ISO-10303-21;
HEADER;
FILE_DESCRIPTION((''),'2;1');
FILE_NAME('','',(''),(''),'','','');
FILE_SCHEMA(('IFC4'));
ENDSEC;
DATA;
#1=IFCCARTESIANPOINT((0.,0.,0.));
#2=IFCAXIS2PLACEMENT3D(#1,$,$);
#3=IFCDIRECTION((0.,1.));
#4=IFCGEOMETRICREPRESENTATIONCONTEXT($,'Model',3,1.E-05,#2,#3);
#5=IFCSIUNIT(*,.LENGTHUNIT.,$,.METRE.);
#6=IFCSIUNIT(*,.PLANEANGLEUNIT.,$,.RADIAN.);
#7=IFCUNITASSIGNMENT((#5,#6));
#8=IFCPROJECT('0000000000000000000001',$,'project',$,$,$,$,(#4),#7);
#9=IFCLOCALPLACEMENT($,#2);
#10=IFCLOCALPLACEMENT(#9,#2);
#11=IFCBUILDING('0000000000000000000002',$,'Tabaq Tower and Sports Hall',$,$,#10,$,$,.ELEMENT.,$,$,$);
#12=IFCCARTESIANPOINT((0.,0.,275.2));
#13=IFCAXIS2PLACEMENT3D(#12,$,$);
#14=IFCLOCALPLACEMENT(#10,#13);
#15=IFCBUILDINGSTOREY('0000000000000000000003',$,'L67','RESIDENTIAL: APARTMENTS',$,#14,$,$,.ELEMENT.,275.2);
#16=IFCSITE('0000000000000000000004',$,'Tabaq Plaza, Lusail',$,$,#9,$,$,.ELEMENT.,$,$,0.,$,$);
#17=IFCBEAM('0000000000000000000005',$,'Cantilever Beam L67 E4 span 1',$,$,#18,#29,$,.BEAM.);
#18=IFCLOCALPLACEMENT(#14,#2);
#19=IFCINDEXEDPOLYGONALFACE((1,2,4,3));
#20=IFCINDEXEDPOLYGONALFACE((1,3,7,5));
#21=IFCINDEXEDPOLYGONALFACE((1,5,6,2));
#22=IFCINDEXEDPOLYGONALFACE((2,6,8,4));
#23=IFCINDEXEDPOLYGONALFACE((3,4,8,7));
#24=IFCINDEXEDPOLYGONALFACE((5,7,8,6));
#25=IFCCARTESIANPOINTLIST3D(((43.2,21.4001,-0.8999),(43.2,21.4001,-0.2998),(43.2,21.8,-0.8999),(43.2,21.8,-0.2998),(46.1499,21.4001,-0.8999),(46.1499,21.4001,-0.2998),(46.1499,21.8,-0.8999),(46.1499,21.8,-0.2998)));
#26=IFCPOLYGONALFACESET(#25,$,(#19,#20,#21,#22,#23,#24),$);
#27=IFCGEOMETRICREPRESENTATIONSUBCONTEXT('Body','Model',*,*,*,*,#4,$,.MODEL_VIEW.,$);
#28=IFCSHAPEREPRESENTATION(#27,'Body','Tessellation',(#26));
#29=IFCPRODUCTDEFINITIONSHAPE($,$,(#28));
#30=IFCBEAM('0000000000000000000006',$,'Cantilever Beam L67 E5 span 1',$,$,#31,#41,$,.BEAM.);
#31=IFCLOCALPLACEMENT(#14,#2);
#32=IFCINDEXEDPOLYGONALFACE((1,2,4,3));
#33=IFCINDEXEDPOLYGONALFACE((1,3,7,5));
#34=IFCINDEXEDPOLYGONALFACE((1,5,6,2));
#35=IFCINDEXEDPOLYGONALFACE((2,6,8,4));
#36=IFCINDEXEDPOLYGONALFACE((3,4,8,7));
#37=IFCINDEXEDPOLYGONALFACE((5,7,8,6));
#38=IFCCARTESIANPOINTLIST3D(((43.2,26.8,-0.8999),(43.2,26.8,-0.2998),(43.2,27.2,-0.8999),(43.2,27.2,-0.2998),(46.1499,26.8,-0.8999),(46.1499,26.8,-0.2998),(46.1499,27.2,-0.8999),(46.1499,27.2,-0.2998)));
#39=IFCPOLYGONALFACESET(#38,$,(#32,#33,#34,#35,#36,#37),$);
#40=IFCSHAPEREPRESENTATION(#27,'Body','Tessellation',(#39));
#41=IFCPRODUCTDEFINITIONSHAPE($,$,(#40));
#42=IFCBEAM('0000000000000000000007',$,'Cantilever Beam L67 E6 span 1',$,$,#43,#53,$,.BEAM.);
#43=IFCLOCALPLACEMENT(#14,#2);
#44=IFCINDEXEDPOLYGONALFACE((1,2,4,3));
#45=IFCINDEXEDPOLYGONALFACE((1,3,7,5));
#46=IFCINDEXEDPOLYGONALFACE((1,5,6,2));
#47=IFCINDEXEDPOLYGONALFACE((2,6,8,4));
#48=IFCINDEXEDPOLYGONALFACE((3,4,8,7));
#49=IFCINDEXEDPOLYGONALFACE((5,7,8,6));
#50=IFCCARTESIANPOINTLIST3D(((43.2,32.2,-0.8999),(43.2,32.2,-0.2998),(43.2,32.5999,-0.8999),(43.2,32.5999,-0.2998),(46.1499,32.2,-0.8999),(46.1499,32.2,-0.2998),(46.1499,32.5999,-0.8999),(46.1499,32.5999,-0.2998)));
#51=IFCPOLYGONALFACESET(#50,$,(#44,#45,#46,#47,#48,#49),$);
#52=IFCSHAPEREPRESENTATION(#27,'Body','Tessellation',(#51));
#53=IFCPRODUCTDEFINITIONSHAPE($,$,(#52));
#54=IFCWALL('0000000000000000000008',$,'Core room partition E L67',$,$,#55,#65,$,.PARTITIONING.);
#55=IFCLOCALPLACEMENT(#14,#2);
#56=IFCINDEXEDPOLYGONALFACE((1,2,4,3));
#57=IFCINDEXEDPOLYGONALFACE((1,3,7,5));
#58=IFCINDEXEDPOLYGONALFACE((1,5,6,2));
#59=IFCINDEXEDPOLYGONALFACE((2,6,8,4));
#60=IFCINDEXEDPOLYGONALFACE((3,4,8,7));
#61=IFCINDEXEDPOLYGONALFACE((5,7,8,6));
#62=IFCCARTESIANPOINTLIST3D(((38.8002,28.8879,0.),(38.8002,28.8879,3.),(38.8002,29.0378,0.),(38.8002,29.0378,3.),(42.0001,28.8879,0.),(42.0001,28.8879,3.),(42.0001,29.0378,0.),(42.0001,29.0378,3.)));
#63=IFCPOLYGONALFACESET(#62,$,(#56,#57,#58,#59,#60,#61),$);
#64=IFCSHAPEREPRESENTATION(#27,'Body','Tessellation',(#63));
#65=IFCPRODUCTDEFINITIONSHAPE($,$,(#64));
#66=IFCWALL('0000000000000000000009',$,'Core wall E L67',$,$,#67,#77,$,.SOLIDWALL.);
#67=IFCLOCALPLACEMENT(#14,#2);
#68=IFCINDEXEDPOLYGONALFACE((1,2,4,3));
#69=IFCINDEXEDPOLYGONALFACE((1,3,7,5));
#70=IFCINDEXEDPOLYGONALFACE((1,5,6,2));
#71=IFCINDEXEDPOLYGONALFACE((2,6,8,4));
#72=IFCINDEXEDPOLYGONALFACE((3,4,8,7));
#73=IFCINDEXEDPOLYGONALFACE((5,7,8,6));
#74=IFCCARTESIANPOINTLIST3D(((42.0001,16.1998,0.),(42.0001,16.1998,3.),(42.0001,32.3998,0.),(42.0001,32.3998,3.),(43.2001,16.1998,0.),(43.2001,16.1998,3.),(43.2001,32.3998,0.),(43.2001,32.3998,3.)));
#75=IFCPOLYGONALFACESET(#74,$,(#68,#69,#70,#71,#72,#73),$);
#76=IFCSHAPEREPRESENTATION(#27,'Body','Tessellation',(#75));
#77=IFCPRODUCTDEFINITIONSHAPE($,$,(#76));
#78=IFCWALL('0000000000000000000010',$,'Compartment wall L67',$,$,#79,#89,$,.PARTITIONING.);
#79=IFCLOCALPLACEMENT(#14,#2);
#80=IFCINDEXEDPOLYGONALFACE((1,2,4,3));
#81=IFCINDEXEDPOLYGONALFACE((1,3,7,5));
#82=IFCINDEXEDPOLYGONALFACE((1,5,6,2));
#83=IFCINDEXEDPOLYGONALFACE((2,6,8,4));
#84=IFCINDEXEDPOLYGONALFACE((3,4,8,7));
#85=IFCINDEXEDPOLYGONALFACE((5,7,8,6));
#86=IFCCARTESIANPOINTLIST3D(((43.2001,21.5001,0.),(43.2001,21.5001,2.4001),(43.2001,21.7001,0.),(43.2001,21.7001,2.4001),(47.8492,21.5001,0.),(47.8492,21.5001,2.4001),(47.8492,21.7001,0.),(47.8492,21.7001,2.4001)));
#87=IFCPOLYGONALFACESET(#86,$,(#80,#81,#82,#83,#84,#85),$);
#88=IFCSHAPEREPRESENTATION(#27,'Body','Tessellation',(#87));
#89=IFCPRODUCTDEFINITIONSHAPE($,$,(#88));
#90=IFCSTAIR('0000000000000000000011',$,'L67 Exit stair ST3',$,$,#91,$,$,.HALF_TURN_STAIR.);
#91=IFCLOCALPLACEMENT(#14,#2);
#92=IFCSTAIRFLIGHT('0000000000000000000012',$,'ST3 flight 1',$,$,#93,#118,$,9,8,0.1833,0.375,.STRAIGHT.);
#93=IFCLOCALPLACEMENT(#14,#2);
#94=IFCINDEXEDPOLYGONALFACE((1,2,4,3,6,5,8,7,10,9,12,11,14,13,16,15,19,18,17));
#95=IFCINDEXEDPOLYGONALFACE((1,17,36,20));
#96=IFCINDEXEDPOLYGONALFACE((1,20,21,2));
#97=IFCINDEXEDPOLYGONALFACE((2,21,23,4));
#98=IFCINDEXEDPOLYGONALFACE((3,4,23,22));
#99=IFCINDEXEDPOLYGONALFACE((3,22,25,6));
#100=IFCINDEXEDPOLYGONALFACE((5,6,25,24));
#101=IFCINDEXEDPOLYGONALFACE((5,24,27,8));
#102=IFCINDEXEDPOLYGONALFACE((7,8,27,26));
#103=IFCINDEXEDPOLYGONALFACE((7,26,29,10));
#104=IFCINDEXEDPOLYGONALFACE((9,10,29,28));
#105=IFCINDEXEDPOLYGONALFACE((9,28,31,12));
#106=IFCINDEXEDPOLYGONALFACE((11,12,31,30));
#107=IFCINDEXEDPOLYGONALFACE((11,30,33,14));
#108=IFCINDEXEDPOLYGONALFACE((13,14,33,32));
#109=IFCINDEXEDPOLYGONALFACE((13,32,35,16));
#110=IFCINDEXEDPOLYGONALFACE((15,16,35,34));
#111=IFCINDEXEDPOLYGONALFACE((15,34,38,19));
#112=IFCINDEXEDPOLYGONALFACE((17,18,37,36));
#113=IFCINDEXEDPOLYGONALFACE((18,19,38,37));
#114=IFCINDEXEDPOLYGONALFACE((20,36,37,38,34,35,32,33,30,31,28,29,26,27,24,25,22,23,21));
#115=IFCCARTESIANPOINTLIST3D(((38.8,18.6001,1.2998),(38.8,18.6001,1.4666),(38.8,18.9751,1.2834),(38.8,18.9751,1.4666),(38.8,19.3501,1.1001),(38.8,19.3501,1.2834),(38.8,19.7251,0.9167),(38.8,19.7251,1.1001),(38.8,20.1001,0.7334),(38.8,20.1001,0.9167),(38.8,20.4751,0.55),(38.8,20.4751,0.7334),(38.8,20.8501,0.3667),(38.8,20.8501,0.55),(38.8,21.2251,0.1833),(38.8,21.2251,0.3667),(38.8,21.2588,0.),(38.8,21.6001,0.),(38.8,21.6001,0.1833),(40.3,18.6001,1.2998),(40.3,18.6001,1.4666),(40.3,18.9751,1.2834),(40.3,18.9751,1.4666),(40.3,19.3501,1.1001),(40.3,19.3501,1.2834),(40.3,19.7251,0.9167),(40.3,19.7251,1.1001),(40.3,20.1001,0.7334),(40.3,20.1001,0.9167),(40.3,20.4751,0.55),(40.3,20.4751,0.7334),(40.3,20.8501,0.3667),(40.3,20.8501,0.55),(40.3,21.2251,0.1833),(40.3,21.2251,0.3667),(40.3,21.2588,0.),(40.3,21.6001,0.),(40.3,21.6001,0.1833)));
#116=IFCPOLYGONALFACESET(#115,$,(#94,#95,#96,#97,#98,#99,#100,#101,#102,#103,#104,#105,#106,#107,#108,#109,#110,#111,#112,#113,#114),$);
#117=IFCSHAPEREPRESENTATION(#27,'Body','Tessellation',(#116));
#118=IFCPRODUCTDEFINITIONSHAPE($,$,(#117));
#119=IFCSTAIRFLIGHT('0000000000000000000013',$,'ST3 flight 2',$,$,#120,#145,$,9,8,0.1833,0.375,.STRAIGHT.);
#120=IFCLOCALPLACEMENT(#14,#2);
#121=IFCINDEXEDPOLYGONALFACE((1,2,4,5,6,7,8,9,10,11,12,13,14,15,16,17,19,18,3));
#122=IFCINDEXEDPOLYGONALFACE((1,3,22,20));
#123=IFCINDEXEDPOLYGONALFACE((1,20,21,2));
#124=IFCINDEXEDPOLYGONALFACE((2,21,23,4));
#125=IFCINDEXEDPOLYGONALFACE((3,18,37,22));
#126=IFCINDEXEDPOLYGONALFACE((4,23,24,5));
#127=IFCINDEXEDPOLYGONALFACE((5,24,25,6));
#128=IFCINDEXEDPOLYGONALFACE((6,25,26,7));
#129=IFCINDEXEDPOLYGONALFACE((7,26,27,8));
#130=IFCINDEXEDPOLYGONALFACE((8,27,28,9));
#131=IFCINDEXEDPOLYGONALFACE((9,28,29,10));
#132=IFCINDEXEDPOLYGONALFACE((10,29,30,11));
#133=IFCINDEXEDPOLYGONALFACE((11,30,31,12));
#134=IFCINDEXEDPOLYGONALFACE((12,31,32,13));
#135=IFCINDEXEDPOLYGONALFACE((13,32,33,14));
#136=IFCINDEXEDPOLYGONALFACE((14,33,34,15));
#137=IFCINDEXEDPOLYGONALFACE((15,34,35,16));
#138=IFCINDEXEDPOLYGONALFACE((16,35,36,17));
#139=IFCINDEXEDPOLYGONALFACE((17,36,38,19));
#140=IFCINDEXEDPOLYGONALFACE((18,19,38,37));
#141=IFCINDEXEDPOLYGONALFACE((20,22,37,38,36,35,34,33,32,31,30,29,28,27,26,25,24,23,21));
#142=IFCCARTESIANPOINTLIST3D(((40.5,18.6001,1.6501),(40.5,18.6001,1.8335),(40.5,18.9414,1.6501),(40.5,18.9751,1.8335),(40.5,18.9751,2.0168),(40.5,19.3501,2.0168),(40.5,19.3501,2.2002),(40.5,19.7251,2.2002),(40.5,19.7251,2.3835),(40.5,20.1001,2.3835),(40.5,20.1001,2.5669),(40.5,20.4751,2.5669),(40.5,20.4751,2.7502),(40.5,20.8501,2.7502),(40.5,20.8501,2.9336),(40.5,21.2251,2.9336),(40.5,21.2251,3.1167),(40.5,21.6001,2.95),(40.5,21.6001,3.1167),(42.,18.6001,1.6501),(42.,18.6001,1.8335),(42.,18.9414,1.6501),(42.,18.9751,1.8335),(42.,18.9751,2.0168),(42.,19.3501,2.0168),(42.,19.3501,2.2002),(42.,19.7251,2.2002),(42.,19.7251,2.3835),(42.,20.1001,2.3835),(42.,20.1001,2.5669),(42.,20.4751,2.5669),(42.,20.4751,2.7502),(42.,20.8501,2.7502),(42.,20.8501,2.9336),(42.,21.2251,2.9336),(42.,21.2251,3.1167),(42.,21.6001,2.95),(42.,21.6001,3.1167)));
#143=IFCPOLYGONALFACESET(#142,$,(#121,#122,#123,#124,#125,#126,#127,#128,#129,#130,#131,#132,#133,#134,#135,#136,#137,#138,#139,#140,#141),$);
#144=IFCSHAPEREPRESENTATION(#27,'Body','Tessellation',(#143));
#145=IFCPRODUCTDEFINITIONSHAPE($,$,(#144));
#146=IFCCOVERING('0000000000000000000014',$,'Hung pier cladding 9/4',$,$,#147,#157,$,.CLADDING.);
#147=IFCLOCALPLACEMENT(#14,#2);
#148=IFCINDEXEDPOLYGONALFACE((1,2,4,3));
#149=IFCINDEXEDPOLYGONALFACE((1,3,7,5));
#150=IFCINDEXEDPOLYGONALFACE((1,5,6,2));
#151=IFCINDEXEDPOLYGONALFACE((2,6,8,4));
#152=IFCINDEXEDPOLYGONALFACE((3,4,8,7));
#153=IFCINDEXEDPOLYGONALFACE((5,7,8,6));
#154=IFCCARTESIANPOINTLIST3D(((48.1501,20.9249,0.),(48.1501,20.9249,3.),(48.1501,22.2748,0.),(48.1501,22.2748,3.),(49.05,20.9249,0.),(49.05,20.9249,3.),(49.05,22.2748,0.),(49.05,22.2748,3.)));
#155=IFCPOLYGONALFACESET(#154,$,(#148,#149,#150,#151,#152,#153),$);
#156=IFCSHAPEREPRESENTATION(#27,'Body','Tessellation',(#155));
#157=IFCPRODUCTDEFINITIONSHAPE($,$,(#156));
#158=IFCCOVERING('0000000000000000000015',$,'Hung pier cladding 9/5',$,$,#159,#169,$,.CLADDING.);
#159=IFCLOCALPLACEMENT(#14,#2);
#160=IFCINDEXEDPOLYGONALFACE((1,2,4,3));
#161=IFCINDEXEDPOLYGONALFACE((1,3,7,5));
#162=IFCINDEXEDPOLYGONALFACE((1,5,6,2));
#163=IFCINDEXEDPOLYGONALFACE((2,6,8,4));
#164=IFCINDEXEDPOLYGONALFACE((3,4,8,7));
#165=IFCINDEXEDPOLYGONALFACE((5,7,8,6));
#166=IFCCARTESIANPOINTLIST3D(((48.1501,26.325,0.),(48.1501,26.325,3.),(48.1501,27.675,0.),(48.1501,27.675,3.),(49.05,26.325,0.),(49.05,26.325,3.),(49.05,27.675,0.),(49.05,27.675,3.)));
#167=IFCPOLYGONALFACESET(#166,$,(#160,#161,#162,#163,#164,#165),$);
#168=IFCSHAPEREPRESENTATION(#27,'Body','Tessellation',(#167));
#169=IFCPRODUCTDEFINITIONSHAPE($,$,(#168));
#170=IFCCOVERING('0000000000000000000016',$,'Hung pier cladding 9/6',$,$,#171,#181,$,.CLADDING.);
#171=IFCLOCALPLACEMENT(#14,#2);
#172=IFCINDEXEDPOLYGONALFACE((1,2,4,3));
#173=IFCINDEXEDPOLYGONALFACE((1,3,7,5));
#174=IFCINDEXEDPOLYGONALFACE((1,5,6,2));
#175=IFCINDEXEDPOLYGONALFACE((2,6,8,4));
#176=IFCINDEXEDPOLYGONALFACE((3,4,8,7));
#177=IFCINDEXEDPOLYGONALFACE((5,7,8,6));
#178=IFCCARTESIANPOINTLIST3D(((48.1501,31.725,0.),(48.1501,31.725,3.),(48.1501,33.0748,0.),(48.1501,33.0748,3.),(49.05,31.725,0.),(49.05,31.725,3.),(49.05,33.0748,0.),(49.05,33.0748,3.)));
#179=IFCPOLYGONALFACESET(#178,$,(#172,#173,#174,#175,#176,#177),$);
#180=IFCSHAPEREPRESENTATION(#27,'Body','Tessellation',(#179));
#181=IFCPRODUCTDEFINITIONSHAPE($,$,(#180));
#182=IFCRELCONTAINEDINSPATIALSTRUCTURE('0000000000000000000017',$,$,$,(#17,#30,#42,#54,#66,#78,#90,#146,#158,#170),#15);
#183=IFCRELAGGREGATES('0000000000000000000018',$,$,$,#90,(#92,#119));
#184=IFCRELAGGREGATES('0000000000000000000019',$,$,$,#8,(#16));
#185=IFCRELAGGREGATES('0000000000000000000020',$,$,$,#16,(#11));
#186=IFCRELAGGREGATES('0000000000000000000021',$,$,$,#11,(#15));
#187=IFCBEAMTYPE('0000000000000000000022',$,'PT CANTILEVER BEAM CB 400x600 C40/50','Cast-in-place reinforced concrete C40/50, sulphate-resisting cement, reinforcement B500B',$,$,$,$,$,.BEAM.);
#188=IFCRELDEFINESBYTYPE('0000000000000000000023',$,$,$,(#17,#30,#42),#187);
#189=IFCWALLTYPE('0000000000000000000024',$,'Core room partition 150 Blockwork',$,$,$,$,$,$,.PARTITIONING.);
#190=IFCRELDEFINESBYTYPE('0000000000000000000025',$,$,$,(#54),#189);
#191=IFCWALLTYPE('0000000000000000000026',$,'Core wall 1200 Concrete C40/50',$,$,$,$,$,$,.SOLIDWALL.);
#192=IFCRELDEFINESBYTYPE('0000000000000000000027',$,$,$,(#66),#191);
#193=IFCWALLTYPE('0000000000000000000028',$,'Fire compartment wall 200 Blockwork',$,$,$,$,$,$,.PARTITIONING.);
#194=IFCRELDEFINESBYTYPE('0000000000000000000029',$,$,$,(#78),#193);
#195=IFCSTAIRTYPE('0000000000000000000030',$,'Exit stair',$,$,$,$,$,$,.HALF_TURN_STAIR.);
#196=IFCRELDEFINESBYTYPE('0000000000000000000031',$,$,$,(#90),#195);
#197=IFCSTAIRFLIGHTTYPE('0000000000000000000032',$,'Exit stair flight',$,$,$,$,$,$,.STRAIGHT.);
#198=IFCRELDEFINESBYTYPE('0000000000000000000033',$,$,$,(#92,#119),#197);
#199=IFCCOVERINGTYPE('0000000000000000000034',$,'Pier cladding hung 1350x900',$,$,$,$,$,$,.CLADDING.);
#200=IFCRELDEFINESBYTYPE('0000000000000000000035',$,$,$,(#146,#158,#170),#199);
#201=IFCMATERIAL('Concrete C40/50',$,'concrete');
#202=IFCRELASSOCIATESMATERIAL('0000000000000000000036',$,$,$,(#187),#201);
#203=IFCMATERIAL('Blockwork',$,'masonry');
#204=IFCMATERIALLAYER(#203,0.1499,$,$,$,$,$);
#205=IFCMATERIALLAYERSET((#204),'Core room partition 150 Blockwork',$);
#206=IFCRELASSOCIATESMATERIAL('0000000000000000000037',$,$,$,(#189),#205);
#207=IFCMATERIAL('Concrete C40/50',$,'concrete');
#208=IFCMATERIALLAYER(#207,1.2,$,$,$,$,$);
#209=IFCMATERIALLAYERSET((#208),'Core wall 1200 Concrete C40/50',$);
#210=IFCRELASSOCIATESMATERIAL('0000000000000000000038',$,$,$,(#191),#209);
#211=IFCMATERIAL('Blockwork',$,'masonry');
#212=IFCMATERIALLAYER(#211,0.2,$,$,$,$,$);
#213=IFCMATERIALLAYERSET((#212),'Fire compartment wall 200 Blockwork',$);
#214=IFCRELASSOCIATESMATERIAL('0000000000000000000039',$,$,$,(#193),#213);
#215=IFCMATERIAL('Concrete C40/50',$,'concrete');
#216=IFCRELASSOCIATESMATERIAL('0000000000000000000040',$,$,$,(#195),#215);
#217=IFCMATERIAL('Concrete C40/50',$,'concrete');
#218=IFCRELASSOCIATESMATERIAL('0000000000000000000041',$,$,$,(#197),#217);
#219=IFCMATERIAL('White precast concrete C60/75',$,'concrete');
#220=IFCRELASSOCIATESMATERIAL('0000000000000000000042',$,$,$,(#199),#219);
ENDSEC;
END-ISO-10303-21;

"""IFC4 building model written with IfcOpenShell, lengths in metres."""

from ifc_helpers import new_model, si_unit, direction, frame, frame_2d, origin, origin_2d, place, context, subcontext, project, spatial, polyline, rectangle, outline, extrude, material, layer, layer_set, material_profile, profile_set, type_object, element, aggregate, save


model = new_model("IFC4")

# Units and contexts
model_context = context("Model", 3, precision=1e-05, world=origin(), true_north=direction((0.0, 1.0)))
body_context = subcontext(model_context, "Body", "Model", "MODEL_VIEW")
ifc_project = project(units=[si_unit("LENGTHUNIT", "METRE"), si_unit("PLANEANGLEUNIT", "RADIAN")], contexts=[model_context])

# Site, building, storey
site_placement = place(None, origin())
site = spatial("IfcSite", under=ifc_project, at=site_placement, Name="Tabaq Plaza, Lusail", CompositionType="ELEMENT", RefElevation=0.0)
building_placement = place(site_placement, origin())
building = spatial("IfcBuilding", under=site, at=building_placement, Name="Tabaq Tower and Sports Hall", CompositionType="ELEMENT")
storey_placement = place(building_placement, frame((0.0, 0.0, 275.2)))
storey = spatial("IfcBuildingStorey", under=building, at=storey_placement, Name="L67", Description="RESIDENTIAL: APARTMENTS", CompositionType="ELEMENT", Elevation=275.2)

# Beams
ifc_material_1 = material(Name="Concrete C40/50", Category="concrete")
ifc_material_profile = material_profile(ifc_material_1, rectangle(XDim=0.3999, YDim=0.6001, at=origin_2d()), Name="CB 400x600")
ifc_profile_set = profile_set([ifc_material_profile], Name="Concrete C40/50")
beam_type = type_object("IfcBeamType", Name="PT CANTILEVER BEAM CB 400x600 C40/50", Description="Cast-in-place reinforced concrete C40/50, sulphate-resisting cement, reinforcement B500B", PredefinedType="BEAM", material=ifc_profile_set)
for number, where, z_axis, x_axis, name in (
    (1, (46.1499, 21.6001, -0.5999), (-1.0, 0.0, 0.0), (0.0, -1.0, 0.0), "Cantilever Beam L67 E4 span 1"),
    (2, (46.1499, 27.0, -0.5999), (-1.0, 0.0, 0.0), (0.0, -1.0, 0.0), "Cantilever Beam L67 E5 span 1"),
    (3, (46.1499, 32.3999, -0.5999), (-1.0, 0.0, 0.0), (0.0, -1.0, 0.0), "Cantilever Beam L67 E6 span 1"),
):
    element("IfcBeam", number, at=place(storey_placement, frame(where, z_axis=z_axis, x_axis=x_axis)), inside=storey, type_object=beam_type, Name=name, PredefinedType="BEAM", context=body_context, shape_type="SweptSolid", body=[
        extrude(rectangle(XDim=0.3999, YDim=0.6001, at=origin_2d()), origin(), (0.0, 0.0, 1.0), 2.95),
    ])

# Walls
ifc_material_2 = material(Name="Blockwork", Category="masonry")
ifc_layer_1 = layer(ifc_material_2, 0.1499)
ifc_layer_set_1 = layer_set([ifc_layer_1], Name="Core room partition 150 Blockwork")
wall_type_1 = type_object("IfcWallType", Name="Core room partition 150 Blockwork", PredefinedType="PARTITIONING", material=ifc_layer_set_1)
wall_1_placement = place(storey_placement, frame((38.8, 28.9629, 0.0), z_axis=(0.0, 0.0, 1.0), x_axis=(1.0, 0.0, 0.0)))
element("IfcWall", 4, at=wall_1_placement, inside=storey, type_object=wall_type_1, Name="Core room partition E L67", PredefinedType="PARTITIONING", context=body_context, shape_type="SweptSolid", body=[
    extrude(rectangle(XDim=3.2, YDim=0.1499, at=frame_2d((1.6001, 0.0))), origin(), (0.0, 0.0, 1.0), 3.0),
])
ifc_material_3 = material(Name="Concrete C40/50", Category="concrete")
ifc_layer_2 = layer(ifc_material_3, 1.2)
ifc_layer_set_2 = layer_set([ifc_layer_2], Name="Core wall 1200 Concrete C40/50")
wall_type_2 = type_object("IfcWallType", Name="Core wall 1200 Concrete C40/50", PredefinedType="SOLIDWALL", material=ifc_layer_set_2)
wall_2_placement = place(storey_placement, frame((42.6001, 32.3999, 0.0), z_axis=(0.0, 0.0, 1.0), x_axis=(0.0, -1.0, 0.0)))
element("IfcWall", 5, at=wall_2_placement, inside=storey, type_object=wall_type_2, Name="Core wall E L67", PredefinedType="SOLIDWALL", context=body_context, shape_type="SweptSolid", body=[
    extrude(rectangle(XDim=16.2, YDim=1.2, at=frame_2d((8.1001, 0.0))), origin(), (0.0, 0.0, 1.0), 3.0),
])

# Shared definitions
ifc_material_4 = material(Name="Blockwork", Category="masonry")
ifc_layer_3 = layer(ifc_material_4, 0.2)
ifc_layer_set_3 = layer_set([ifc_layer_3], Name="Fire compartment wall 200 Blockwork")
wall_type_3 = type_object("IfcWallType", Name="Fire compartment wall 200 Blockwork", PredefinedType="PARTITIONING", material=ifc_layer_set_3)

# Wall
wall_3_placement = place(storey_placement, frame((43.2, 21.6001, 0.0), z_axis=(0.0, 0.0, 1.0), x_axis=(1.0, 0.0, 0.0)))
element("IfcWall", 6, at=wall_3_placement, inside=storey, type_object=wall_type_3, Name="Compartment wall L67", PredefinedType="PARTITIONING", context=body_context, shape_type="SweptSolid", body=[
    extrude(rectangle(XDim=4.6492, YDim=0.2, at=frame_2d((2.3247, 0.0))), origin(), (0.0, 0.0, 1.0), 2.4001),
])

# Stair, stair flights
ifc_material_5 = material(Name="Concrete C40/50", Category="concrete")
stair_type = type_object("IfcStairType", Name="Exit stair", PredefinedType="HALF_TURN_STAIR", material=ifc_material_5)
stair_placement = place(storey_placement, origin())
stair = element("IfcStair", 7, at=stair_placement, inside=storey, type_object=stair_type, Name="L67 Exit stair ST3", PredefinedType="HALF_TURN_STAIR")
ifc_material_6 = material(Name="Concrete C40/50", Category="concrete")
stair_flight_type = type_object("IfcStairFlightType", Name="Exit stair flight", PredefinedType="STRAIGHT", material=ifc_material_6)
stair_flight_1_placement = place(storey_placement, frame((39.55, 21.6001, 0.0), z_axis=(0.0, 0.0, 1.0), x_axis=(0.0, -1.0, 0.0)))
stair_flight_1 = element("IfcStairFlight", 8, at=stair_flight_1_placement, type_object=stair_flight_type, Name="ST3 flight 1", NumberOfRisers=9, NumberOfTreads=8, PredefinedType="STRAIGHT", RiserHeight=0.1833, TreadLength=0.375, context=body_context, shape_type="SweptSolid", body=[
    extrude(outline(polyline([(0.0, 0.0), (0.0, 0.1833), (0.375, 0.1833), (0.375, 0.3667), (0.75, 0.3667), (0.75, 0.55), (1.125, 0.55), (1.125, 0.7334), (1.5, 0.7334), (1.5, 0.9167), (1.875, 0.9167), (1.875, 1.1001), (2.25, 1.1001), (2.25, 1.2834), (2.625, 1.2834), (2.625, 1.4666), (3.0, 1.4666), (3.0, 1.6499), (3.0, 1.2998), (0.3413, 0.0), (0.0, 0.0)])), frame((0.0, 0.75, 0.0), z_axis=(0.0, -1.0, 0.0), x_axis=(1.0, 0.0, 0.0)), (0.0, 0.0, 1.0), 1.5),
])
stair_flight_2_placement = place(storey_placement, frame((41.25, 18.6001, 1.6501), z_axis=(0.0, 0.0, 1.0), x_axis=(0.0, 1.0, 0.0)))
stair_flight_2 = element("IfcStairFlight", 9, at=stair_flight_2_placement, type_object=stair_flight_type, Name="ST3 flight 2", NumberOfRisers=9, NumberOfTreads=8, PredefinedType="STRAIGHT", RiserHeight=0.1833, TreadLength=0.375, context=body_context, shape_type="SweptSolid", body=[
    extrude(outline(polyline([(0.0, 0.0), (0.0, 0.1833), (0.375, 0.1833), (0.375, 0.3667), (0.75, 0.3667), (0.75, 0.55), (1.125, 0.55), (1.125, 0.7334), (1.5, 0.7334), (1.5, 0.9167), (1.875, 0.9167), (1.875, 1.1001), (2.25, 1.1001), (2.25, 1.2834), (2.625, 1.2834), (2.625, 1.4666), (3.0, 1.4666), (3.0, 1.6499), (3.0, 1.2998), (0.3413, 0.0), (0.0, 0.0)])), frame((0.0, 0.75, 0.0), z_axis=(0.0, -1.0, 0.0), x_axis=(1.0, 0.0, 0.0)), (0.0, 0.0, 1.0), 1.5),
])
aggregate(stair, [stair_flight_1, stair_flight_2])

# Coverings
ifc_material_7 = material(Name="White precast concrete C60/75", Category="concrete")
covering_type_1 = type_object("IfcCoveringType", Name="Pier cladding hung 1350x900", PredefinedType="CLADDING", material=ifc_material_7)
covering_1_placement = place(storey_placement, frame((48.6001, 20.925, 0.0), z_axis=(0.0, 0.0, 1.0), x_axis=(0.0, 1.0, 0.0)))
element("IfcCovering", 10, at=covering_1_placement, inside=storey, type_object=covering_type_1, Name="Hung pier cladding 9/4", PredefinedType="CLADDING", context=body_context, shape_type="SweptSolid", body=[
    extrude(rectangle(XDim=1.3499, YDim=0.8999, at=frame_2d((0.6748, 0.0))), origin(), (0.0, 0.0, 1.0), 3.0),
])
covering_2_placement = place(storey_placement, frame((48.6001, 26.325, 0.0), z_axis=(0.0, 0.0, 1.0), x_axis=(0.0, 1.0, 0.0)))
element("IfcCovering", 11, at=covering_2_placement, inside=storey, type_object=covering_type_1, Name="Hung pier cladding 9/5", PredefinedType="CLADDING", context=body_context, shape_type="SweptSolid", body=[
    extrude(rectangle(XDim=1.3501, YDim=0.8999, at=frame_2d((0.675, 0.0))), origin(), (0.0, 0.0, 1.0), 3.0),
])
covering_3_placement = place(storey_placement, frame((48.6001, 31.7251, 0.0), z_axis=(0.0, 0.0, 1.0), x_axis=(0.0, 1.0, 0.0)))
element("IfcCovering", 12, at=covering_3_placement, inside=storey, type_object=covering_type_1, Name="Hung pier cladding 9/6", PredefinedType="CLADDING", context=body_context, shape_type="SweptSolid", body=[
    extrude(rectangle(XDim=1.3499, YDim=0.8999, at=frame_2d((0.6748, 0.0))), origin(), (0.0, 0.0, 1.0), 3.0),
])

save(model, "model.ifc")
